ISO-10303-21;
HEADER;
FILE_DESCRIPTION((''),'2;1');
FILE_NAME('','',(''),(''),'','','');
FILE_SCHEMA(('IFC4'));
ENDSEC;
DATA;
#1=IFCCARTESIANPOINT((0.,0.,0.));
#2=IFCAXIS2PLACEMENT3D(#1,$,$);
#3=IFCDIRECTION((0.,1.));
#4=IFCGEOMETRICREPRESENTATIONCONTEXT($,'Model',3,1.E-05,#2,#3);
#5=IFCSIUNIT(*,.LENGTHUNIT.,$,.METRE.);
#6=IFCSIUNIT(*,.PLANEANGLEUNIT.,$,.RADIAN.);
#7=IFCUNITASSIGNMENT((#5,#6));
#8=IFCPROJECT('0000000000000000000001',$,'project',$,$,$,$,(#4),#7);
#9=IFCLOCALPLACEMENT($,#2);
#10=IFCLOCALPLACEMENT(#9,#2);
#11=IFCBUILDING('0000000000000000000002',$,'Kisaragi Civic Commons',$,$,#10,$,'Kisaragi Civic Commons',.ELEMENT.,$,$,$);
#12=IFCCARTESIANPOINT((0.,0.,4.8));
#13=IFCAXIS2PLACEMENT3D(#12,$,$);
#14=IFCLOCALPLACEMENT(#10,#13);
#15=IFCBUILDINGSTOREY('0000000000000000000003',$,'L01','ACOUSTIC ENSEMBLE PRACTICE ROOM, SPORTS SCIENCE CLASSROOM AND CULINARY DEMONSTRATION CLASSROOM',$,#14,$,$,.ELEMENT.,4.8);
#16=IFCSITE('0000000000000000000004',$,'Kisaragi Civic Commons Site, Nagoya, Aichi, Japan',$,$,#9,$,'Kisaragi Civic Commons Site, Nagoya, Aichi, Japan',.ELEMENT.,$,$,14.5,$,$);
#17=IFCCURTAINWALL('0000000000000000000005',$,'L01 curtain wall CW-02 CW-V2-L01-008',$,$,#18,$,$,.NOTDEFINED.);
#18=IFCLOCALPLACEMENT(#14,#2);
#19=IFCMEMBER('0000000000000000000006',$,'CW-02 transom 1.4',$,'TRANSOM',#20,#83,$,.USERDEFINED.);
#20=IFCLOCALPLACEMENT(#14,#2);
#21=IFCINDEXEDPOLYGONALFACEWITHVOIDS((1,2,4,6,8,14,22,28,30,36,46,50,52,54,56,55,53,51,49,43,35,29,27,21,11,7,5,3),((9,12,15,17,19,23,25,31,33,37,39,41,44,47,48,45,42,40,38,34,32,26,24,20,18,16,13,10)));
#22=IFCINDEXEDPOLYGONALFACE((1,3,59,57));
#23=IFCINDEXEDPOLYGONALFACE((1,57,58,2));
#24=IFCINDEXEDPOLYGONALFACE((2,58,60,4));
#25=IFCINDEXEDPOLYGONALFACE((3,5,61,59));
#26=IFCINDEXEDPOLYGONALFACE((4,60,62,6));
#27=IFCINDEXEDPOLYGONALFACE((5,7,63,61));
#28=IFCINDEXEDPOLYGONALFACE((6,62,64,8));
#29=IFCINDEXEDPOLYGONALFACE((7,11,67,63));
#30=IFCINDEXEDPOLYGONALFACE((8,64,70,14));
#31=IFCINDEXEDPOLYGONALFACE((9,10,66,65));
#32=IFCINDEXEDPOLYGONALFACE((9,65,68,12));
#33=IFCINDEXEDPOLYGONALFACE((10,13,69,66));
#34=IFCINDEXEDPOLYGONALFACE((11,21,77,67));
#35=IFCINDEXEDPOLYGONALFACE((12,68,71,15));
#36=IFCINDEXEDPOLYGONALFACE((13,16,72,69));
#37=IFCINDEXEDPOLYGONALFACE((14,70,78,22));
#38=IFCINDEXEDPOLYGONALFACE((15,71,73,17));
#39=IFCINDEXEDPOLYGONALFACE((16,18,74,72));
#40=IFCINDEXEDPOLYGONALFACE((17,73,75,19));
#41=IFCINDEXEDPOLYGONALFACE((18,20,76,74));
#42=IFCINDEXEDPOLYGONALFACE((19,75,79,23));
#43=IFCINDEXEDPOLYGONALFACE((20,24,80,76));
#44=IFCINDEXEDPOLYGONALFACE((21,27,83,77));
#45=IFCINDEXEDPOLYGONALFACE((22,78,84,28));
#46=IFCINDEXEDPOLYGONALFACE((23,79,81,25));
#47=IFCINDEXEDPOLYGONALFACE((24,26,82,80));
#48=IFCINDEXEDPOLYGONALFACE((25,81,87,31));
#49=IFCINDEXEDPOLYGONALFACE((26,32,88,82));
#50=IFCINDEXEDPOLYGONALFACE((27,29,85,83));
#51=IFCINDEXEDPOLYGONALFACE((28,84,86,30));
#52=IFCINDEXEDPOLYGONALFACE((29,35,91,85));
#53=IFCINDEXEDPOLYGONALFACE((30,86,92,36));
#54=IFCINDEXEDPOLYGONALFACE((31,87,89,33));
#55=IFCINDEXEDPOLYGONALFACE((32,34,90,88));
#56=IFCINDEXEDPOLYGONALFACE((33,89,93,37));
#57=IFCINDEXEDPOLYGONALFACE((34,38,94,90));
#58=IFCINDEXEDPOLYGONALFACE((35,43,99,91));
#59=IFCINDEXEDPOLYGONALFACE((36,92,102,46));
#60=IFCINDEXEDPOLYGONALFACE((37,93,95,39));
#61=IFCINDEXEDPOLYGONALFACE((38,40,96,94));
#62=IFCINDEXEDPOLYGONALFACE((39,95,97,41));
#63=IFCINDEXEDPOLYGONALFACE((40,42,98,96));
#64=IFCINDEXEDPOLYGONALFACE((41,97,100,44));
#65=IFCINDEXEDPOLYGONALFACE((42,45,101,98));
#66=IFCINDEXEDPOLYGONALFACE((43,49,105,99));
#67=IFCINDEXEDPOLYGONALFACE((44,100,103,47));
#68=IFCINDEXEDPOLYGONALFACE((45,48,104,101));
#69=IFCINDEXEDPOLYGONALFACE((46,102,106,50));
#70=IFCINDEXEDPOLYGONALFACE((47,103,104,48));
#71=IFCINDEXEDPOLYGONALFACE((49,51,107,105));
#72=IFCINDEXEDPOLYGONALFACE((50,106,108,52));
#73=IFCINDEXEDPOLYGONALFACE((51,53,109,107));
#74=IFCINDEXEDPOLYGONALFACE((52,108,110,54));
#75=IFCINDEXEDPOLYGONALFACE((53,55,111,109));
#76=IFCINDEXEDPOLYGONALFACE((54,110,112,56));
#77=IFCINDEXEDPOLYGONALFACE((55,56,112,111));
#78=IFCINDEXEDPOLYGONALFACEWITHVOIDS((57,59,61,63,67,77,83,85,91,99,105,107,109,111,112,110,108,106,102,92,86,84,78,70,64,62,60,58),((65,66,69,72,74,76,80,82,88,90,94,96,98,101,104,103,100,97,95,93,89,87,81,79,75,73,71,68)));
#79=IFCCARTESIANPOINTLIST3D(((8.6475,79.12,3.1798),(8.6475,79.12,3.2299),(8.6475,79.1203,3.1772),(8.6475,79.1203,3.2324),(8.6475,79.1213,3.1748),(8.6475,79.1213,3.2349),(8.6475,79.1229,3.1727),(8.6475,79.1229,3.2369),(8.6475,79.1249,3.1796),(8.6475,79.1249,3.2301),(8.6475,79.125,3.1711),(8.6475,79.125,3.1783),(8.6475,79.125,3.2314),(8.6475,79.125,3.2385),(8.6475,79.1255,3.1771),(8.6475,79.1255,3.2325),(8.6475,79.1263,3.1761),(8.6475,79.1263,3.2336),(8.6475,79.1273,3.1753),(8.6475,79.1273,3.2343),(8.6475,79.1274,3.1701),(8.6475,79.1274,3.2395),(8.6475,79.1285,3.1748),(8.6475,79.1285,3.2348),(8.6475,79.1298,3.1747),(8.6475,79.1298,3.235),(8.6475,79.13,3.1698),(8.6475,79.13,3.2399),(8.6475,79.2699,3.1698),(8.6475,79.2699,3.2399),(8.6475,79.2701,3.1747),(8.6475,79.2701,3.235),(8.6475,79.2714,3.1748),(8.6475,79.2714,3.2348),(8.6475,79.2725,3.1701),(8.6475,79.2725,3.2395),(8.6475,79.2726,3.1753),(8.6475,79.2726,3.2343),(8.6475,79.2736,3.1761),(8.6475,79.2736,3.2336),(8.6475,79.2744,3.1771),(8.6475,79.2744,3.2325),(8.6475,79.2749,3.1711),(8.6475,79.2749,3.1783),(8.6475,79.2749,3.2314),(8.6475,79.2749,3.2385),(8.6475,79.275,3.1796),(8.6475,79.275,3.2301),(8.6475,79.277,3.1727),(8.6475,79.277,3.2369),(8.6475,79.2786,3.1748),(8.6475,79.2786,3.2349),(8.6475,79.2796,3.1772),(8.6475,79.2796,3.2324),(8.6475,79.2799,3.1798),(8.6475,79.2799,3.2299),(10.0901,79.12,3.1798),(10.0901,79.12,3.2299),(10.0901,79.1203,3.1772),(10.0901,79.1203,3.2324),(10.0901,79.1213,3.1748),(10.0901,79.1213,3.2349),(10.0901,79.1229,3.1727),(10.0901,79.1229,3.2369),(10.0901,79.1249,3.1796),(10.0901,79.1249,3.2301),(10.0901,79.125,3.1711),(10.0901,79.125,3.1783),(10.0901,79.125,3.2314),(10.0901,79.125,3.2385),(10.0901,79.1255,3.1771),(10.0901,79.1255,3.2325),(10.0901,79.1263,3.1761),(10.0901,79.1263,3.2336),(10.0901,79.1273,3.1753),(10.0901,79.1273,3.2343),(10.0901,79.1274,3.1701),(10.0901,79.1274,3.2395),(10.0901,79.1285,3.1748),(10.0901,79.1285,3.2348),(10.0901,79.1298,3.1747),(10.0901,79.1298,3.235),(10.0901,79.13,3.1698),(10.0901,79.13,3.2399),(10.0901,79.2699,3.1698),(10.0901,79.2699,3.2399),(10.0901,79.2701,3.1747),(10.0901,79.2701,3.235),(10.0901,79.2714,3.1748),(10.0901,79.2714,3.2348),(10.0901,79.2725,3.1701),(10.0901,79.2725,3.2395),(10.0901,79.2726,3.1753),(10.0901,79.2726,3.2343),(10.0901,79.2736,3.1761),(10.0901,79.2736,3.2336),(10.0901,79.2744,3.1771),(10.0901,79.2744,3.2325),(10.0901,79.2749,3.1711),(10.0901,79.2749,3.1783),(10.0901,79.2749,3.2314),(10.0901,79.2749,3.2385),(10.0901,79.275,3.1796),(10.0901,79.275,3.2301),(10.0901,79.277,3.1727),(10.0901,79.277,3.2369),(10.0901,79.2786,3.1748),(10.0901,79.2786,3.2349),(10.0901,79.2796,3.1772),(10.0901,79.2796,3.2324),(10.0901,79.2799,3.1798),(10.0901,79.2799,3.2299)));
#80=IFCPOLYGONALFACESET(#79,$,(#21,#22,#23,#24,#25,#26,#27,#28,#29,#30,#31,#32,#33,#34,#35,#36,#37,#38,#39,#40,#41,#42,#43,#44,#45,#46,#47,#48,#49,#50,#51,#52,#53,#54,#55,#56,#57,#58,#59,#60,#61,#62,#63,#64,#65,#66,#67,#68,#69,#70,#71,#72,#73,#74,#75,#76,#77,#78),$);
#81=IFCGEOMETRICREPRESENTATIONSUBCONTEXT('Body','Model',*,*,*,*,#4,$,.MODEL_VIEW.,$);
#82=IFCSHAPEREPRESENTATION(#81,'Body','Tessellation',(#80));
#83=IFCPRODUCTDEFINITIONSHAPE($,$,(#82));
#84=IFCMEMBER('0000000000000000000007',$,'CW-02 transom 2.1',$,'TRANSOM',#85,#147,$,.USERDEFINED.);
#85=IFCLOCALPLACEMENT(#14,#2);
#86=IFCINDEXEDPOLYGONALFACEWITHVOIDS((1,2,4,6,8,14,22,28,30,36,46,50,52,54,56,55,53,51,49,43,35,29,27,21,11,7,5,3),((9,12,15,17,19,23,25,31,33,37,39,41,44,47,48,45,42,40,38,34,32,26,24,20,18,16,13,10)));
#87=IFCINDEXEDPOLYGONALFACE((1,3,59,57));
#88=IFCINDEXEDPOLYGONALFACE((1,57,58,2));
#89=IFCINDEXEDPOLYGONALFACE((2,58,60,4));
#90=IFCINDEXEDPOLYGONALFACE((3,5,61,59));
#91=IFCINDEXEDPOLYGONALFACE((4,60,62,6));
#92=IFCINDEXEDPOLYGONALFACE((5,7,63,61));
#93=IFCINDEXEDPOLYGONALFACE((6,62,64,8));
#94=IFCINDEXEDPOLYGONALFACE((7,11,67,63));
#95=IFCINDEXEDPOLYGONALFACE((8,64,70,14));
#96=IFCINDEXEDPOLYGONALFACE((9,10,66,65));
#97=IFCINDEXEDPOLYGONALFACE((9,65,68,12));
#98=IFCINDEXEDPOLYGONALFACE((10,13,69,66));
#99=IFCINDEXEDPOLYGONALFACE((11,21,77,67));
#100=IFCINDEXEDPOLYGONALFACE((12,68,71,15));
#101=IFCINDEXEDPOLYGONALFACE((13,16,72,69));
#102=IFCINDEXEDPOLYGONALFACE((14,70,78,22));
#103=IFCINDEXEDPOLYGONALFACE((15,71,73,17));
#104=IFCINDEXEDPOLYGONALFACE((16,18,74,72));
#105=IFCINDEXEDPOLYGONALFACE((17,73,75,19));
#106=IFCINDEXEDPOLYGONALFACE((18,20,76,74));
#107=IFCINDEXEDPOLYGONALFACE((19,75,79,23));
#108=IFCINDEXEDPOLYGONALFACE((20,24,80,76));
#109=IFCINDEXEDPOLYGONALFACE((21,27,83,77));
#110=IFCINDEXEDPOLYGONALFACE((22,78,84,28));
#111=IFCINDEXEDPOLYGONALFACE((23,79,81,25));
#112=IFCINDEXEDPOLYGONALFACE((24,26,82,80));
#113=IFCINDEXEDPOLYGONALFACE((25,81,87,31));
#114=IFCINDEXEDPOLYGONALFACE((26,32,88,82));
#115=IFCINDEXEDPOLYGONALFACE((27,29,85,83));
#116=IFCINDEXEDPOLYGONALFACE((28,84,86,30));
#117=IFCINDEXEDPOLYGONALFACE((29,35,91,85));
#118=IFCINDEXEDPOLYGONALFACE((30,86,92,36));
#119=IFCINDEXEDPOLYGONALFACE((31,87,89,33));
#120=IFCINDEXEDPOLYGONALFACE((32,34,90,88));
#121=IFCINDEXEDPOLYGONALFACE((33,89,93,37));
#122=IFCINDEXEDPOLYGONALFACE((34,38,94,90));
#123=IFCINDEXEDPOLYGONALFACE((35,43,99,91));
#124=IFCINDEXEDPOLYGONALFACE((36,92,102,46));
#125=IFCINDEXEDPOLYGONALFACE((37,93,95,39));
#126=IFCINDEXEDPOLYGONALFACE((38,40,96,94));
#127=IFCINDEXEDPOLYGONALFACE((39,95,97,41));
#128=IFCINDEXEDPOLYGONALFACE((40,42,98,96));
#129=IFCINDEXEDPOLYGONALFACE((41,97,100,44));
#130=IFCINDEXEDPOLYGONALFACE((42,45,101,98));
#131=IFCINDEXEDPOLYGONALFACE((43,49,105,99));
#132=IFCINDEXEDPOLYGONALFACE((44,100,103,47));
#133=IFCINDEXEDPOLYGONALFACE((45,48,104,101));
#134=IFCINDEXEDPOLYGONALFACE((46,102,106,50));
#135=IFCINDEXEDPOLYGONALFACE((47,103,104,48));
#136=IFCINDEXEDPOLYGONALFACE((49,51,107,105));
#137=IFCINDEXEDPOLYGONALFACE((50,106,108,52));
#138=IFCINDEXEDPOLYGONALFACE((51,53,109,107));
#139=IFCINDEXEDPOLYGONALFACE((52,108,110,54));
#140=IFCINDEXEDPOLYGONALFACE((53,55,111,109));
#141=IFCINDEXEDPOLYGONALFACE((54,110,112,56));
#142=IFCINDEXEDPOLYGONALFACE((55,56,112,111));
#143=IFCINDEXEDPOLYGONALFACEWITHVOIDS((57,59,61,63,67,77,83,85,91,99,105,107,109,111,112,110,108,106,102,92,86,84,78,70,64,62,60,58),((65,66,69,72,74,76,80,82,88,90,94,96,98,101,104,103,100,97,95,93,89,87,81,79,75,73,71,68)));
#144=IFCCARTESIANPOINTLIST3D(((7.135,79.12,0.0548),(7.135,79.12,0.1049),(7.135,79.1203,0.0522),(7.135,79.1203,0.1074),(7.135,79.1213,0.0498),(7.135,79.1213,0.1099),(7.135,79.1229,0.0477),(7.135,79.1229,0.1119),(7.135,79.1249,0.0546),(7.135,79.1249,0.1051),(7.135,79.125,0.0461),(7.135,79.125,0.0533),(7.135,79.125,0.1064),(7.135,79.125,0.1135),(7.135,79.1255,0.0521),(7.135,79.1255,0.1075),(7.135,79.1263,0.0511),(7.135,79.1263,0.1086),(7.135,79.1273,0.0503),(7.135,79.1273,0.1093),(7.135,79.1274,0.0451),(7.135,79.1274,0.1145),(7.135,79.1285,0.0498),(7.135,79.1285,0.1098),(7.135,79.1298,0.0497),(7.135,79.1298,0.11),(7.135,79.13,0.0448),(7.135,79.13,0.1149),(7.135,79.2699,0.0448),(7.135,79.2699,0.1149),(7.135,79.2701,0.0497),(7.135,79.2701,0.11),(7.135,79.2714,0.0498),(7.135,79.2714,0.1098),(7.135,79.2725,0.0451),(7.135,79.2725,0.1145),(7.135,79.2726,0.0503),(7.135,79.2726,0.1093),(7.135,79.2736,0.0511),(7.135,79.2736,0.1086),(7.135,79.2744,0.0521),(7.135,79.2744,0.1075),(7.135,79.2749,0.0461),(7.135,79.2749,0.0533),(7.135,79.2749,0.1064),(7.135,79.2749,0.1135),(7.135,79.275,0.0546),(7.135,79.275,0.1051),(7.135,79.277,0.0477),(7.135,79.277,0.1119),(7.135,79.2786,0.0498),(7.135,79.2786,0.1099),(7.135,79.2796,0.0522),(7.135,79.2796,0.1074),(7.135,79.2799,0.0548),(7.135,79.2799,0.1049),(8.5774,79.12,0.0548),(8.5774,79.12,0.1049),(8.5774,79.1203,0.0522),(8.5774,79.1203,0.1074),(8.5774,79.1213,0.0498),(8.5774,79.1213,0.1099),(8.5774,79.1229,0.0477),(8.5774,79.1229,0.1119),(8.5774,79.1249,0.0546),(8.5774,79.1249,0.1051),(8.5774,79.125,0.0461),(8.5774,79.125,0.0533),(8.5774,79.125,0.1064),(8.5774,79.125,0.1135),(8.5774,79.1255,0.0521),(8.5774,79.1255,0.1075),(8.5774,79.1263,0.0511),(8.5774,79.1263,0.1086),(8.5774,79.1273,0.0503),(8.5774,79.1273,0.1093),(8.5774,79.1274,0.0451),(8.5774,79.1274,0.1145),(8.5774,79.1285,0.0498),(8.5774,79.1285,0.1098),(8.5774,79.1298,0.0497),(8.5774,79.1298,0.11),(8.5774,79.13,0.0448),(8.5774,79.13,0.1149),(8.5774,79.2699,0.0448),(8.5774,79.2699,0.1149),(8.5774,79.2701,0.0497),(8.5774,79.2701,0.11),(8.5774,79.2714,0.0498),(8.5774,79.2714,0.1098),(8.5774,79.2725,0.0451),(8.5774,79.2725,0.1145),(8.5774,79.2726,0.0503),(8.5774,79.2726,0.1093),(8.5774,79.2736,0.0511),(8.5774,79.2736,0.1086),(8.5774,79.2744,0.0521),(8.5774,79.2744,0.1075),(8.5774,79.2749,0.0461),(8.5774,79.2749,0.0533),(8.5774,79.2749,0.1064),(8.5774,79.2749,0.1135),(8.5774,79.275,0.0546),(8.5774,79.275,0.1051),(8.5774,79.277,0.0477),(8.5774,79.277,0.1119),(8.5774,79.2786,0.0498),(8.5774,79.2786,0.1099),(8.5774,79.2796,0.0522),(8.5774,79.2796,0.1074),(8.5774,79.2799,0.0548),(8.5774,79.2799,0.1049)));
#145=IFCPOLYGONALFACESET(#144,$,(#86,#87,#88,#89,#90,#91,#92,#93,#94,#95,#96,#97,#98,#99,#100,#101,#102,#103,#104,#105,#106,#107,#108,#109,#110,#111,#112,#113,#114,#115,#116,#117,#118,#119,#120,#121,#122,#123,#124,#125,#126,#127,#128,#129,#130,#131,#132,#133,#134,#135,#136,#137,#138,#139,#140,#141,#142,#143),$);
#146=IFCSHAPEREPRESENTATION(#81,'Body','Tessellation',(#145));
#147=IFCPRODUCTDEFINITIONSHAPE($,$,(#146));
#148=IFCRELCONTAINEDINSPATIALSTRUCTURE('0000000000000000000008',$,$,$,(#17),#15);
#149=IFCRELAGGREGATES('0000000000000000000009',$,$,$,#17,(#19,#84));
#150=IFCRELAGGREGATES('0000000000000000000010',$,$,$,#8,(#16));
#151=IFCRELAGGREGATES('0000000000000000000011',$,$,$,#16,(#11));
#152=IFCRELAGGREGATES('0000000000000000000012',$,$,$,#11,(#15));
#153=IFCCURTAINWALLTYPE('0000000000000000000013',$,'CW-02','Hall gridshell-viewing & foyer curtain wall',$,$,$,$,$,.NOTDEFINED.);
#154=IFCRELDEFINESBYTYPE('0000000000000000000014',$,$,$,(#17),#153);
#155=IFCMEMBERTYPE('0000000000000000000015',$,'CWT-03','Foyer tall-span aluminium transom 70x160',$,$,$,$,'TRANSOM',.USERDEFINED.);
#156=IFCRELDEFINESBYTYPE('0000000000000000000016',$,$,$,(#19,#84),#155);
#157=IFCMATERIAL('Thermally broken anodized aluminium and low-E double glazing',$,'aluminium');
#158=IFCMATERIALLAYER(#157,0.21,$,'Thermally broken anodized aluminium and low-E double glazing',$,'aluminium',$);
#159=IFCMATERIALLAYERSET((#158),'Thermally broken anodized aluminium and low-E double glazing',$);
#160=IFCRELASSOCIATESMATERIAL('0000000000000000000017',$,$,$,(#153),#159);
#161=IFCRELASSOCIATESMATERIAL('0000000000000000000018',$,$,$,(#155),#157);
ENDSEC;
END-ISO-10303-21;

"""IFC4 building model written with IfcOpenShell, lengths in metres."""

from ifc_helpers import new_model, si_unit, direction, frame, origin, origin_2d, place, context, subcontext, project, spatial, hollow_rectangle, extrude, material, layer, layer_set, material_profile, profile_set, type_object, element, aggregate, save


model = new_model("IFC4")

# Units and contexts
model_context = context("Model", 3, precision=1e-05, world=origin(), true_north=direction((0.0, 1.0)))
body_context = subcontext(model_context, "Body", "Model", "MODEL_VIEW")
ifc_project = project(units=[si_unit("LENGTHUNIT", "METRE"), si_unit("PLANEANGLEUNIT", "RADIAN")], contexts=[model_context])

# Site, building, storey
site_placement = place(None, origin())
site = spatial("IfcSite", under=ifc_project, at=site_placement, Name="Kisaragi Civic Commons Site, Nagoya, Aichi, Japan", LongName="Kisaragi Civic Commons Site, Nagoya, Aichi, Japan", CompositionType="ELEMENT", RefElevation=14.5)
building_placement = place(site_placement, origin())
building = spatial("IfcBuilding", under=site, at=building_placement, Name="Kisaragi Civic Commons", LongName="Kisaragi Civic Commons", CompositionType="ELEMENT")
storey_placement = place(building_placement, frame((0.0, 0.0, 4.8)))
storey = spatial("IfcBuildingStorey", under=building, at=storey_placement, Name="L01", Description="ACOUSTIC ENSEMBLE PRACTICE ROOM, SPORTS SCIENCE CLASSROOM AND CULINARY DEMONSTRATION CLASSROOM", CompositionType="ELEMENT", Elevation=4.8)

# Curtain wall, members
ifc_material_1 = material(Name="Thermally broken anodized aluminium and low-E double glazing", Category="aluminium")
ifc_layer_1 = layer(ifc_material_1, 0.21, Name="Thermally broken anodized aluminium and low-E double glazing", Category="aluminium")
ifc_layer_set_1 = layer_set([ifc_layer_1], Name="Thermally broken anodized aluminium and low-E double glazing")
curtain_wall_type = type_object("IfcCurtainWallType", Name="CW-02", Description="Hall gridshell-viewing & foyer curtain wall", PredefinedType="NOTDEFINED", material=ifc_layer_set_1)
curtain_wall_placement = place(storey_placement, origin())
curtain_wall = element("IfcCurtainWall", 1, at=curtain_wall_placement, inside=storey, type_object=curtain_wall_type, Name="L01 curtain wall CW-02 CW-V2-L01-008", PredefinedType="NOTDEFINED")
ifc_material_profile_1 = material_profile(ifc_material_1, hollow_rectangle(XDim=0.1599, YDim=0.0701, WallThickness=0.0049, InnerFilletRadius=0.0049, OuterFilletRadius=0.01, at=origin_2d()), Name="CWT-70x160x5", Category="aluminium")
ifc_profile_set_1 = profile_set([ifc_material_profile_1], Name="Thermally broken anodized aluminium and low-E double glazing")
member_type_1 = type_object("IfcMemberType", Name="CWT-03", Description="Foyer tall-span aluminium transom 70x160", ElementType="TRANSOM", PredefinedType="USERDEFINED", material=ifc_profile_set_1)
member_1_placement = place(storey_placement, frame((10.0901, 79.2, 3.2048), z_axis=(-1.0, 0.0, 0.0), x_axis=(0.0, -1.0, 0.0)))
member_1 = element("IfcMember", 2, at=member_1_placement, type_object=member_type_1, Name="CW-02 transom 1.4", ObjectType="TRANSOM", PredefinedType="USERDEFINED", context=body_context, shape_type="SweptSolid", body=[
    extrude(hollow_rectangle(XDim=0.1599, YDim=0.0701, WallThickness=0.0049, InnerFilletRadius=0.0049, OuterFilletRadius=0.01, at=origin_2d()), origin(), (0.0, 0.0, 1.0), 1.4426),
])
member_2_placement = place(storey_placement, frame((8.5774, 79.2, 0.0798), z_axis=(-1.0, 0.0, 0.0), x_axis=(0.0, -1.0, 0.0)))
member_2 = element("IfcMember", 3, at=member_2_placement, type_object=member_type_1, Name="CW-02 transom 2.1", ObjectType="TRANSOM", PredefinedType="USERDEFINED", context=body_context, shape_type="SweptSolid", body=[
    extrude(hollow_rectangle(XDim=0.1599, YDim=0.0701, WallThickness=0.0049, InnerFilletRadius=0.0049, OuterFilletRadius=0.01, at=origin_2d()), origin(), (0.0, 0.0, 1.0), 1.4424),
])

aggregate(curtain_wall, [member_1, member_2])

save(model, "model.ifc")
